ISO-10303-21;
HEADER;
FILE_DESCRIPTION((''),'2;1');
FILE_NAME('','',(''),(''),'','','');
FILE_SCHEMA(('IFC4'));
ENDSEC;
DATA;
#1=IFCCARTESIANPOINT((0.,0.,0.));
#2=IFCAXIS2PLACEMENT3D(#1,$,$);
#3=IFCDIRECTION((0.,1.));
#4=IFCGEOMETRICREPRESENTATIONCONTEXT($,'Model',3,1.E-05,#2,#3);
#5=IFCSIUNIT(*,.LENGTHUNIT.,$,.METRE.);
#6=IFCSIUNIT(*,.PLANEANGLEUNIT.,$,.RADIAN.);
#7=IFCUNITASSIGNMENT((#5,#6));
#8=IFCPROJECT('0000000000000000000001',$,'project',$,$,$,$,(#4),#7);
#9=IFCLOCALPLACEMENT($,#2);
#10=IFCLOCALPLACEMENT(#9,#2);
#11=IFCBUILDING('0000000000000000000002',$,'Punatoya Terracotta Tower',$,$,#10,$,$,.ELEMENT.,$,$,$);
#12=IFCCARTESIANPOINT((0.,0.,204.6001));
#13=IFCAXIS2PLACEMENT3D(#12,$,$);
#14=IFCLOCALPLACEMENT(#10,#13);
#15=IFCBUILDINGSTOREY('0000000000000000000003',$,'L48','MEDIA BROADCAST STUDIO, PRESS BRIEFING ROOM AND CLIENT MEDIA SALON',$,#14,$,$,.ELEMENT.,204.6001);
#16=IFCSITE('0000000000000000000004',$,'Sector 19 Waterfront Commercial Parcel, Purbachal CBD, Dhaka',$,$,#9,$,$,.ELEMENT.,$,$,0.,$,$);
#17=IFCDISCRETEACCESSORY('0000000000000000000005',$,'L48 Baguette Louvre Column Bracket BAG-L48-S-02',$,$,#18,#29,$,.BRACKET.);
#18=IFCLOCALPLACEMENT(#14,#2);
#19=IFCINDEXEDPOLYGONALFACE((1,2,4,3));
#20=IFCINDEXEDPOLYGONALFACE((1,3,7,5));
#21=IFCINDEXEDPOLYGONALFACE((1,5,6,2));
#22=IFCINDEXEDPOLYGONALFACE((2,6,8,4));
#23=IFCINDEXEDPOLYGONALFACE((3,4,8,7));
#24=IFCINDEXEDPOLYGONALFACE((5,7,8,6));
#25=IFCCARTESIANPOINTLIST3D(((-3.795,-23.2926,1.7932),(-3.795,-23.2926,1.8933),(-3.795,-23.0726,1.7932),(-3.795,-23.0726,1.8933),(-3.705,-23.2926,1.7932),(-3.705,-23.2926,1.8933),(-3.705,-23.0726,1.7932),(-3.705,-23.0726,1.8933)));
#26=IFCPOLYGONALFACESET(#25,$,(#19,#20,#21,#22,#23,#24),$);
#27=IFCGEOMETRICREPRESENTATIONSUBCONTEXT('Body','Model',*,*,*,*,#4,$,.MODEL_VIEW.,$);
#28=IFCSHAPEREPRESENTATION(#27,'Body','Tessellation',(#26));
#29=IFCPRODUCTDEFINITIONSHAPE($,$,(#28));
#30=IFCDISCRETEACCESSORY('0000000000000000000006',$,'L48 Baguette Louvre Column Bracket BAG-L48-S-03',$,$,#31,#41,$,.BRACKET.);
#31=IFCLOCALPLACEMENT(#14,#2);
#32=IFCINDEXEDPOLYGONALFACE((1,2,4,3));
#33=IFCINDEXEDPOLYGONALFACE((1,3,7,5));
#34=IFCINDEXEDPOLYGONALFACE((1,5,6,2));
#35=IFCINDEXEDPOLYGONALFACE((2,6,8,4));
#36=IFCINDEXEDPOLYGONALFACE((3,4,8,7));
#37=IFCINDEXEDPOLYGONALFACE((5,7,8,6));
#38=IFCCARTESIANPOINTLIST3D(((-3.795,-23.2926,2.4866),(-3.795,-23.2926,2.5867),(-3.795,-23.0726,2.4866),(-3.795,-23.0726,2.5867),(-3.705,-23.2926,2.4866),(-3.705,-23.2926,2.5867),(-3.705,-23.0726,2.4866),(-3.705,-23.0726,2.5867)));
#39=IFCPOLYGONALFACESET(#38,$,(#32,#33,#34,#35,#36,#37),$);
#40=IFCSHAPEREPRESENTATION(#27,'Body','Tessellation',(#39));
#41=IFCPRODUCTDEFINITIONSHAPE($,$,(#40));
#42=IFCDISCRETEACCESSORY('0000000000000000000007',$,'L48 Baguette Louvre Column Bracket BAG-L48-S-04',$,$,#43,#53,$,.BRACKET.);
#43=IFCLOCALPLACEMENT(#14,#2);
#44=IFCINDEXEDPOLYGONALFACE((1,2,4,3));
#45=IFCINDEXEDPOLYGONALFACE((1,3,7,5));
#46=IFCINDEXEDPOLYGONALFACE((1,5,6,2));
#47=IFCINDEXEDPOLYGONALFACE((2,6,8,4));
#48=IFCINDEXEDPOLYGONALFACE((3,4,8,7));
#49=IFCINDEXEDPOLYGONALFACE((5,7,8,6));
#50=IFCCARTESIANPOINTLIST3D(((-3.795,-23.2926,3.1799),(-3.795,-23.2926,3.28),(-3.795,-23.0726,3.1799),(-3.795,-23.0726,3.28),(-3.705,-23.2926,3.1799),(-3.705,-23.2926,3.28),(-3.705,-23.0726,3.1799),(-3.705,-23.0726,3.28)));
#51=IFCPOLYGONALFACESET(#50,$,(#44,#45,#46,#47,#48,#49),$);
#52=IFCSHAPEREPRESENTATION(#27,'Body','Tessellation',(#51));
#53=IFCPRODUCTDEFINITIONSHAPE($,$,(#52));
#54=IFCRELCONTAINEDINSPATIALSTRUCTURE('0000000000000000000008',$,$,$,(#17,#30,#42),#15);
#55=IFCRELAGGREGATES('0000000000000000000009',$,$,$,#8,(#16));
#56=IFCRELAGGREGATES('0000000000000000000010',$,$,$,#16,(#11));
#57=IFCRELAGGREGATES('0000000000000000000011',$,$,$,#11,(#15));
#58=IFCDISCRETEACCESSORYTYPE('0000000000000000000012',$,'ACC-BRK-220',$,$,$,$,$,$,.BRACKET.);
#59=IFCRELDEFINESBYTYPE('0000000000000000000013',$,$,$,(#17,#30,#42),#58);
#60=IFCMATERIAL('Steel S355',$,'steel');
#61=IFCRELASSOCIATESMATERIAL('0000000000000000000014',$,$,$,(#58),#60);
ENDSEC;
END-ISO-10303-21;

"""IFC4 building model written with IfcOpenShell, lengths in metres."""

from ifc_helpers import new_model, si_unit, direction, frame, origin, origin_2d, place, context, subcontext, project, spatial, rectangle, extrude, material, type_object, element, save


model = new_model("IFC4")

# Units and contexts
model_context = context("Model", 3, precision=1e-05, world=origin(), true_north=direction((0.0, 1.0)))
body_context = subcontext(model_context, "Body", "Model", "MODEL_VIEW")
ifc_project = project(units=[si_unit("LENGTHUNIT", "METRE"), si_unit("PLANEANGLEUNIT", "RADIAN")], contexts=[model_context])

# Site, building, storey
site_placement = place(None, origin())
site = spatial("IfcSite", under=ifc_project, at=site_placement, Name="Sector 19 Waterfront Commercial Parcel, Purbachal CBD, Dhaka", CompositionType="ELEMENT", RefElevation=0.0)
building_placement = place(site_placement, origin())
building = spatial("IfcBuilding", under=site, at=building_placement, Name="Punatoya Terracotta Tower", CompositionType="ELEMENT")
storey_placement = place(building_placement, frame((0.0, 0.0, 204.6001)))
storey = spatial("IfcBuildingStorey", under=building, at=storey_placement, Name="L48", Description="MEDIA BROADCAST STUDIO, PRESS BRIEFING ROOM AND CLIENT MEDIA SALON", CompositionType="ELEMENT", Elevation=204.6001)

# Shared definitions
ifc_material_1 = material(Name="Steel S355", Category="steel")

# Discrete accessories
discrete_accessory_type = type_object("IfcDiscreteAccessoryType", Name="ACC-BRK-220", PredefinedType="BRACKET", material=ifc_material_1)
for number, where, z_axis, x_axis, name in (
    (1, (-3.75, -23.1826, 1.7932), (0.0, 0.0, 1.0), (1.0, 0.0, 0.0), "L48 Baguette Louvre Column Bracket BAG-L48-S-02"),
    (2, (-3.75, -23.1826, 2.4866), (0.0, 0.0, 1.0), (1.0, 0.0, 0.0), "L48 Baguette Louvre Column Bracket BAG-L48-S-03"),
    (3, (-3.75, -23.1826, 3.1799), (0.0, 0.0, 1.0), (1.0, 0.0, 0.0), "L48 Baguette Louvre Column Bracket BAG-L48-S-04"),
):
    element("IfcDiscreteAccessory", number, at=place(storey_placement, frame(where, z_axis=z_axis, x_axis=x_axis)), inside=storey, type_object=discrete_accessory_type, Name=name, PredefinedType="BRACKET", context=body_context, shape_type="SweptSolid", body=[
        extrude(rectangle(XDim=0.0901, YDim=0.22, at=origin_2d()), origin(), (0.0, 0.0, 1.0), 0.1001),
    ])

save(model, "model.ifc")
